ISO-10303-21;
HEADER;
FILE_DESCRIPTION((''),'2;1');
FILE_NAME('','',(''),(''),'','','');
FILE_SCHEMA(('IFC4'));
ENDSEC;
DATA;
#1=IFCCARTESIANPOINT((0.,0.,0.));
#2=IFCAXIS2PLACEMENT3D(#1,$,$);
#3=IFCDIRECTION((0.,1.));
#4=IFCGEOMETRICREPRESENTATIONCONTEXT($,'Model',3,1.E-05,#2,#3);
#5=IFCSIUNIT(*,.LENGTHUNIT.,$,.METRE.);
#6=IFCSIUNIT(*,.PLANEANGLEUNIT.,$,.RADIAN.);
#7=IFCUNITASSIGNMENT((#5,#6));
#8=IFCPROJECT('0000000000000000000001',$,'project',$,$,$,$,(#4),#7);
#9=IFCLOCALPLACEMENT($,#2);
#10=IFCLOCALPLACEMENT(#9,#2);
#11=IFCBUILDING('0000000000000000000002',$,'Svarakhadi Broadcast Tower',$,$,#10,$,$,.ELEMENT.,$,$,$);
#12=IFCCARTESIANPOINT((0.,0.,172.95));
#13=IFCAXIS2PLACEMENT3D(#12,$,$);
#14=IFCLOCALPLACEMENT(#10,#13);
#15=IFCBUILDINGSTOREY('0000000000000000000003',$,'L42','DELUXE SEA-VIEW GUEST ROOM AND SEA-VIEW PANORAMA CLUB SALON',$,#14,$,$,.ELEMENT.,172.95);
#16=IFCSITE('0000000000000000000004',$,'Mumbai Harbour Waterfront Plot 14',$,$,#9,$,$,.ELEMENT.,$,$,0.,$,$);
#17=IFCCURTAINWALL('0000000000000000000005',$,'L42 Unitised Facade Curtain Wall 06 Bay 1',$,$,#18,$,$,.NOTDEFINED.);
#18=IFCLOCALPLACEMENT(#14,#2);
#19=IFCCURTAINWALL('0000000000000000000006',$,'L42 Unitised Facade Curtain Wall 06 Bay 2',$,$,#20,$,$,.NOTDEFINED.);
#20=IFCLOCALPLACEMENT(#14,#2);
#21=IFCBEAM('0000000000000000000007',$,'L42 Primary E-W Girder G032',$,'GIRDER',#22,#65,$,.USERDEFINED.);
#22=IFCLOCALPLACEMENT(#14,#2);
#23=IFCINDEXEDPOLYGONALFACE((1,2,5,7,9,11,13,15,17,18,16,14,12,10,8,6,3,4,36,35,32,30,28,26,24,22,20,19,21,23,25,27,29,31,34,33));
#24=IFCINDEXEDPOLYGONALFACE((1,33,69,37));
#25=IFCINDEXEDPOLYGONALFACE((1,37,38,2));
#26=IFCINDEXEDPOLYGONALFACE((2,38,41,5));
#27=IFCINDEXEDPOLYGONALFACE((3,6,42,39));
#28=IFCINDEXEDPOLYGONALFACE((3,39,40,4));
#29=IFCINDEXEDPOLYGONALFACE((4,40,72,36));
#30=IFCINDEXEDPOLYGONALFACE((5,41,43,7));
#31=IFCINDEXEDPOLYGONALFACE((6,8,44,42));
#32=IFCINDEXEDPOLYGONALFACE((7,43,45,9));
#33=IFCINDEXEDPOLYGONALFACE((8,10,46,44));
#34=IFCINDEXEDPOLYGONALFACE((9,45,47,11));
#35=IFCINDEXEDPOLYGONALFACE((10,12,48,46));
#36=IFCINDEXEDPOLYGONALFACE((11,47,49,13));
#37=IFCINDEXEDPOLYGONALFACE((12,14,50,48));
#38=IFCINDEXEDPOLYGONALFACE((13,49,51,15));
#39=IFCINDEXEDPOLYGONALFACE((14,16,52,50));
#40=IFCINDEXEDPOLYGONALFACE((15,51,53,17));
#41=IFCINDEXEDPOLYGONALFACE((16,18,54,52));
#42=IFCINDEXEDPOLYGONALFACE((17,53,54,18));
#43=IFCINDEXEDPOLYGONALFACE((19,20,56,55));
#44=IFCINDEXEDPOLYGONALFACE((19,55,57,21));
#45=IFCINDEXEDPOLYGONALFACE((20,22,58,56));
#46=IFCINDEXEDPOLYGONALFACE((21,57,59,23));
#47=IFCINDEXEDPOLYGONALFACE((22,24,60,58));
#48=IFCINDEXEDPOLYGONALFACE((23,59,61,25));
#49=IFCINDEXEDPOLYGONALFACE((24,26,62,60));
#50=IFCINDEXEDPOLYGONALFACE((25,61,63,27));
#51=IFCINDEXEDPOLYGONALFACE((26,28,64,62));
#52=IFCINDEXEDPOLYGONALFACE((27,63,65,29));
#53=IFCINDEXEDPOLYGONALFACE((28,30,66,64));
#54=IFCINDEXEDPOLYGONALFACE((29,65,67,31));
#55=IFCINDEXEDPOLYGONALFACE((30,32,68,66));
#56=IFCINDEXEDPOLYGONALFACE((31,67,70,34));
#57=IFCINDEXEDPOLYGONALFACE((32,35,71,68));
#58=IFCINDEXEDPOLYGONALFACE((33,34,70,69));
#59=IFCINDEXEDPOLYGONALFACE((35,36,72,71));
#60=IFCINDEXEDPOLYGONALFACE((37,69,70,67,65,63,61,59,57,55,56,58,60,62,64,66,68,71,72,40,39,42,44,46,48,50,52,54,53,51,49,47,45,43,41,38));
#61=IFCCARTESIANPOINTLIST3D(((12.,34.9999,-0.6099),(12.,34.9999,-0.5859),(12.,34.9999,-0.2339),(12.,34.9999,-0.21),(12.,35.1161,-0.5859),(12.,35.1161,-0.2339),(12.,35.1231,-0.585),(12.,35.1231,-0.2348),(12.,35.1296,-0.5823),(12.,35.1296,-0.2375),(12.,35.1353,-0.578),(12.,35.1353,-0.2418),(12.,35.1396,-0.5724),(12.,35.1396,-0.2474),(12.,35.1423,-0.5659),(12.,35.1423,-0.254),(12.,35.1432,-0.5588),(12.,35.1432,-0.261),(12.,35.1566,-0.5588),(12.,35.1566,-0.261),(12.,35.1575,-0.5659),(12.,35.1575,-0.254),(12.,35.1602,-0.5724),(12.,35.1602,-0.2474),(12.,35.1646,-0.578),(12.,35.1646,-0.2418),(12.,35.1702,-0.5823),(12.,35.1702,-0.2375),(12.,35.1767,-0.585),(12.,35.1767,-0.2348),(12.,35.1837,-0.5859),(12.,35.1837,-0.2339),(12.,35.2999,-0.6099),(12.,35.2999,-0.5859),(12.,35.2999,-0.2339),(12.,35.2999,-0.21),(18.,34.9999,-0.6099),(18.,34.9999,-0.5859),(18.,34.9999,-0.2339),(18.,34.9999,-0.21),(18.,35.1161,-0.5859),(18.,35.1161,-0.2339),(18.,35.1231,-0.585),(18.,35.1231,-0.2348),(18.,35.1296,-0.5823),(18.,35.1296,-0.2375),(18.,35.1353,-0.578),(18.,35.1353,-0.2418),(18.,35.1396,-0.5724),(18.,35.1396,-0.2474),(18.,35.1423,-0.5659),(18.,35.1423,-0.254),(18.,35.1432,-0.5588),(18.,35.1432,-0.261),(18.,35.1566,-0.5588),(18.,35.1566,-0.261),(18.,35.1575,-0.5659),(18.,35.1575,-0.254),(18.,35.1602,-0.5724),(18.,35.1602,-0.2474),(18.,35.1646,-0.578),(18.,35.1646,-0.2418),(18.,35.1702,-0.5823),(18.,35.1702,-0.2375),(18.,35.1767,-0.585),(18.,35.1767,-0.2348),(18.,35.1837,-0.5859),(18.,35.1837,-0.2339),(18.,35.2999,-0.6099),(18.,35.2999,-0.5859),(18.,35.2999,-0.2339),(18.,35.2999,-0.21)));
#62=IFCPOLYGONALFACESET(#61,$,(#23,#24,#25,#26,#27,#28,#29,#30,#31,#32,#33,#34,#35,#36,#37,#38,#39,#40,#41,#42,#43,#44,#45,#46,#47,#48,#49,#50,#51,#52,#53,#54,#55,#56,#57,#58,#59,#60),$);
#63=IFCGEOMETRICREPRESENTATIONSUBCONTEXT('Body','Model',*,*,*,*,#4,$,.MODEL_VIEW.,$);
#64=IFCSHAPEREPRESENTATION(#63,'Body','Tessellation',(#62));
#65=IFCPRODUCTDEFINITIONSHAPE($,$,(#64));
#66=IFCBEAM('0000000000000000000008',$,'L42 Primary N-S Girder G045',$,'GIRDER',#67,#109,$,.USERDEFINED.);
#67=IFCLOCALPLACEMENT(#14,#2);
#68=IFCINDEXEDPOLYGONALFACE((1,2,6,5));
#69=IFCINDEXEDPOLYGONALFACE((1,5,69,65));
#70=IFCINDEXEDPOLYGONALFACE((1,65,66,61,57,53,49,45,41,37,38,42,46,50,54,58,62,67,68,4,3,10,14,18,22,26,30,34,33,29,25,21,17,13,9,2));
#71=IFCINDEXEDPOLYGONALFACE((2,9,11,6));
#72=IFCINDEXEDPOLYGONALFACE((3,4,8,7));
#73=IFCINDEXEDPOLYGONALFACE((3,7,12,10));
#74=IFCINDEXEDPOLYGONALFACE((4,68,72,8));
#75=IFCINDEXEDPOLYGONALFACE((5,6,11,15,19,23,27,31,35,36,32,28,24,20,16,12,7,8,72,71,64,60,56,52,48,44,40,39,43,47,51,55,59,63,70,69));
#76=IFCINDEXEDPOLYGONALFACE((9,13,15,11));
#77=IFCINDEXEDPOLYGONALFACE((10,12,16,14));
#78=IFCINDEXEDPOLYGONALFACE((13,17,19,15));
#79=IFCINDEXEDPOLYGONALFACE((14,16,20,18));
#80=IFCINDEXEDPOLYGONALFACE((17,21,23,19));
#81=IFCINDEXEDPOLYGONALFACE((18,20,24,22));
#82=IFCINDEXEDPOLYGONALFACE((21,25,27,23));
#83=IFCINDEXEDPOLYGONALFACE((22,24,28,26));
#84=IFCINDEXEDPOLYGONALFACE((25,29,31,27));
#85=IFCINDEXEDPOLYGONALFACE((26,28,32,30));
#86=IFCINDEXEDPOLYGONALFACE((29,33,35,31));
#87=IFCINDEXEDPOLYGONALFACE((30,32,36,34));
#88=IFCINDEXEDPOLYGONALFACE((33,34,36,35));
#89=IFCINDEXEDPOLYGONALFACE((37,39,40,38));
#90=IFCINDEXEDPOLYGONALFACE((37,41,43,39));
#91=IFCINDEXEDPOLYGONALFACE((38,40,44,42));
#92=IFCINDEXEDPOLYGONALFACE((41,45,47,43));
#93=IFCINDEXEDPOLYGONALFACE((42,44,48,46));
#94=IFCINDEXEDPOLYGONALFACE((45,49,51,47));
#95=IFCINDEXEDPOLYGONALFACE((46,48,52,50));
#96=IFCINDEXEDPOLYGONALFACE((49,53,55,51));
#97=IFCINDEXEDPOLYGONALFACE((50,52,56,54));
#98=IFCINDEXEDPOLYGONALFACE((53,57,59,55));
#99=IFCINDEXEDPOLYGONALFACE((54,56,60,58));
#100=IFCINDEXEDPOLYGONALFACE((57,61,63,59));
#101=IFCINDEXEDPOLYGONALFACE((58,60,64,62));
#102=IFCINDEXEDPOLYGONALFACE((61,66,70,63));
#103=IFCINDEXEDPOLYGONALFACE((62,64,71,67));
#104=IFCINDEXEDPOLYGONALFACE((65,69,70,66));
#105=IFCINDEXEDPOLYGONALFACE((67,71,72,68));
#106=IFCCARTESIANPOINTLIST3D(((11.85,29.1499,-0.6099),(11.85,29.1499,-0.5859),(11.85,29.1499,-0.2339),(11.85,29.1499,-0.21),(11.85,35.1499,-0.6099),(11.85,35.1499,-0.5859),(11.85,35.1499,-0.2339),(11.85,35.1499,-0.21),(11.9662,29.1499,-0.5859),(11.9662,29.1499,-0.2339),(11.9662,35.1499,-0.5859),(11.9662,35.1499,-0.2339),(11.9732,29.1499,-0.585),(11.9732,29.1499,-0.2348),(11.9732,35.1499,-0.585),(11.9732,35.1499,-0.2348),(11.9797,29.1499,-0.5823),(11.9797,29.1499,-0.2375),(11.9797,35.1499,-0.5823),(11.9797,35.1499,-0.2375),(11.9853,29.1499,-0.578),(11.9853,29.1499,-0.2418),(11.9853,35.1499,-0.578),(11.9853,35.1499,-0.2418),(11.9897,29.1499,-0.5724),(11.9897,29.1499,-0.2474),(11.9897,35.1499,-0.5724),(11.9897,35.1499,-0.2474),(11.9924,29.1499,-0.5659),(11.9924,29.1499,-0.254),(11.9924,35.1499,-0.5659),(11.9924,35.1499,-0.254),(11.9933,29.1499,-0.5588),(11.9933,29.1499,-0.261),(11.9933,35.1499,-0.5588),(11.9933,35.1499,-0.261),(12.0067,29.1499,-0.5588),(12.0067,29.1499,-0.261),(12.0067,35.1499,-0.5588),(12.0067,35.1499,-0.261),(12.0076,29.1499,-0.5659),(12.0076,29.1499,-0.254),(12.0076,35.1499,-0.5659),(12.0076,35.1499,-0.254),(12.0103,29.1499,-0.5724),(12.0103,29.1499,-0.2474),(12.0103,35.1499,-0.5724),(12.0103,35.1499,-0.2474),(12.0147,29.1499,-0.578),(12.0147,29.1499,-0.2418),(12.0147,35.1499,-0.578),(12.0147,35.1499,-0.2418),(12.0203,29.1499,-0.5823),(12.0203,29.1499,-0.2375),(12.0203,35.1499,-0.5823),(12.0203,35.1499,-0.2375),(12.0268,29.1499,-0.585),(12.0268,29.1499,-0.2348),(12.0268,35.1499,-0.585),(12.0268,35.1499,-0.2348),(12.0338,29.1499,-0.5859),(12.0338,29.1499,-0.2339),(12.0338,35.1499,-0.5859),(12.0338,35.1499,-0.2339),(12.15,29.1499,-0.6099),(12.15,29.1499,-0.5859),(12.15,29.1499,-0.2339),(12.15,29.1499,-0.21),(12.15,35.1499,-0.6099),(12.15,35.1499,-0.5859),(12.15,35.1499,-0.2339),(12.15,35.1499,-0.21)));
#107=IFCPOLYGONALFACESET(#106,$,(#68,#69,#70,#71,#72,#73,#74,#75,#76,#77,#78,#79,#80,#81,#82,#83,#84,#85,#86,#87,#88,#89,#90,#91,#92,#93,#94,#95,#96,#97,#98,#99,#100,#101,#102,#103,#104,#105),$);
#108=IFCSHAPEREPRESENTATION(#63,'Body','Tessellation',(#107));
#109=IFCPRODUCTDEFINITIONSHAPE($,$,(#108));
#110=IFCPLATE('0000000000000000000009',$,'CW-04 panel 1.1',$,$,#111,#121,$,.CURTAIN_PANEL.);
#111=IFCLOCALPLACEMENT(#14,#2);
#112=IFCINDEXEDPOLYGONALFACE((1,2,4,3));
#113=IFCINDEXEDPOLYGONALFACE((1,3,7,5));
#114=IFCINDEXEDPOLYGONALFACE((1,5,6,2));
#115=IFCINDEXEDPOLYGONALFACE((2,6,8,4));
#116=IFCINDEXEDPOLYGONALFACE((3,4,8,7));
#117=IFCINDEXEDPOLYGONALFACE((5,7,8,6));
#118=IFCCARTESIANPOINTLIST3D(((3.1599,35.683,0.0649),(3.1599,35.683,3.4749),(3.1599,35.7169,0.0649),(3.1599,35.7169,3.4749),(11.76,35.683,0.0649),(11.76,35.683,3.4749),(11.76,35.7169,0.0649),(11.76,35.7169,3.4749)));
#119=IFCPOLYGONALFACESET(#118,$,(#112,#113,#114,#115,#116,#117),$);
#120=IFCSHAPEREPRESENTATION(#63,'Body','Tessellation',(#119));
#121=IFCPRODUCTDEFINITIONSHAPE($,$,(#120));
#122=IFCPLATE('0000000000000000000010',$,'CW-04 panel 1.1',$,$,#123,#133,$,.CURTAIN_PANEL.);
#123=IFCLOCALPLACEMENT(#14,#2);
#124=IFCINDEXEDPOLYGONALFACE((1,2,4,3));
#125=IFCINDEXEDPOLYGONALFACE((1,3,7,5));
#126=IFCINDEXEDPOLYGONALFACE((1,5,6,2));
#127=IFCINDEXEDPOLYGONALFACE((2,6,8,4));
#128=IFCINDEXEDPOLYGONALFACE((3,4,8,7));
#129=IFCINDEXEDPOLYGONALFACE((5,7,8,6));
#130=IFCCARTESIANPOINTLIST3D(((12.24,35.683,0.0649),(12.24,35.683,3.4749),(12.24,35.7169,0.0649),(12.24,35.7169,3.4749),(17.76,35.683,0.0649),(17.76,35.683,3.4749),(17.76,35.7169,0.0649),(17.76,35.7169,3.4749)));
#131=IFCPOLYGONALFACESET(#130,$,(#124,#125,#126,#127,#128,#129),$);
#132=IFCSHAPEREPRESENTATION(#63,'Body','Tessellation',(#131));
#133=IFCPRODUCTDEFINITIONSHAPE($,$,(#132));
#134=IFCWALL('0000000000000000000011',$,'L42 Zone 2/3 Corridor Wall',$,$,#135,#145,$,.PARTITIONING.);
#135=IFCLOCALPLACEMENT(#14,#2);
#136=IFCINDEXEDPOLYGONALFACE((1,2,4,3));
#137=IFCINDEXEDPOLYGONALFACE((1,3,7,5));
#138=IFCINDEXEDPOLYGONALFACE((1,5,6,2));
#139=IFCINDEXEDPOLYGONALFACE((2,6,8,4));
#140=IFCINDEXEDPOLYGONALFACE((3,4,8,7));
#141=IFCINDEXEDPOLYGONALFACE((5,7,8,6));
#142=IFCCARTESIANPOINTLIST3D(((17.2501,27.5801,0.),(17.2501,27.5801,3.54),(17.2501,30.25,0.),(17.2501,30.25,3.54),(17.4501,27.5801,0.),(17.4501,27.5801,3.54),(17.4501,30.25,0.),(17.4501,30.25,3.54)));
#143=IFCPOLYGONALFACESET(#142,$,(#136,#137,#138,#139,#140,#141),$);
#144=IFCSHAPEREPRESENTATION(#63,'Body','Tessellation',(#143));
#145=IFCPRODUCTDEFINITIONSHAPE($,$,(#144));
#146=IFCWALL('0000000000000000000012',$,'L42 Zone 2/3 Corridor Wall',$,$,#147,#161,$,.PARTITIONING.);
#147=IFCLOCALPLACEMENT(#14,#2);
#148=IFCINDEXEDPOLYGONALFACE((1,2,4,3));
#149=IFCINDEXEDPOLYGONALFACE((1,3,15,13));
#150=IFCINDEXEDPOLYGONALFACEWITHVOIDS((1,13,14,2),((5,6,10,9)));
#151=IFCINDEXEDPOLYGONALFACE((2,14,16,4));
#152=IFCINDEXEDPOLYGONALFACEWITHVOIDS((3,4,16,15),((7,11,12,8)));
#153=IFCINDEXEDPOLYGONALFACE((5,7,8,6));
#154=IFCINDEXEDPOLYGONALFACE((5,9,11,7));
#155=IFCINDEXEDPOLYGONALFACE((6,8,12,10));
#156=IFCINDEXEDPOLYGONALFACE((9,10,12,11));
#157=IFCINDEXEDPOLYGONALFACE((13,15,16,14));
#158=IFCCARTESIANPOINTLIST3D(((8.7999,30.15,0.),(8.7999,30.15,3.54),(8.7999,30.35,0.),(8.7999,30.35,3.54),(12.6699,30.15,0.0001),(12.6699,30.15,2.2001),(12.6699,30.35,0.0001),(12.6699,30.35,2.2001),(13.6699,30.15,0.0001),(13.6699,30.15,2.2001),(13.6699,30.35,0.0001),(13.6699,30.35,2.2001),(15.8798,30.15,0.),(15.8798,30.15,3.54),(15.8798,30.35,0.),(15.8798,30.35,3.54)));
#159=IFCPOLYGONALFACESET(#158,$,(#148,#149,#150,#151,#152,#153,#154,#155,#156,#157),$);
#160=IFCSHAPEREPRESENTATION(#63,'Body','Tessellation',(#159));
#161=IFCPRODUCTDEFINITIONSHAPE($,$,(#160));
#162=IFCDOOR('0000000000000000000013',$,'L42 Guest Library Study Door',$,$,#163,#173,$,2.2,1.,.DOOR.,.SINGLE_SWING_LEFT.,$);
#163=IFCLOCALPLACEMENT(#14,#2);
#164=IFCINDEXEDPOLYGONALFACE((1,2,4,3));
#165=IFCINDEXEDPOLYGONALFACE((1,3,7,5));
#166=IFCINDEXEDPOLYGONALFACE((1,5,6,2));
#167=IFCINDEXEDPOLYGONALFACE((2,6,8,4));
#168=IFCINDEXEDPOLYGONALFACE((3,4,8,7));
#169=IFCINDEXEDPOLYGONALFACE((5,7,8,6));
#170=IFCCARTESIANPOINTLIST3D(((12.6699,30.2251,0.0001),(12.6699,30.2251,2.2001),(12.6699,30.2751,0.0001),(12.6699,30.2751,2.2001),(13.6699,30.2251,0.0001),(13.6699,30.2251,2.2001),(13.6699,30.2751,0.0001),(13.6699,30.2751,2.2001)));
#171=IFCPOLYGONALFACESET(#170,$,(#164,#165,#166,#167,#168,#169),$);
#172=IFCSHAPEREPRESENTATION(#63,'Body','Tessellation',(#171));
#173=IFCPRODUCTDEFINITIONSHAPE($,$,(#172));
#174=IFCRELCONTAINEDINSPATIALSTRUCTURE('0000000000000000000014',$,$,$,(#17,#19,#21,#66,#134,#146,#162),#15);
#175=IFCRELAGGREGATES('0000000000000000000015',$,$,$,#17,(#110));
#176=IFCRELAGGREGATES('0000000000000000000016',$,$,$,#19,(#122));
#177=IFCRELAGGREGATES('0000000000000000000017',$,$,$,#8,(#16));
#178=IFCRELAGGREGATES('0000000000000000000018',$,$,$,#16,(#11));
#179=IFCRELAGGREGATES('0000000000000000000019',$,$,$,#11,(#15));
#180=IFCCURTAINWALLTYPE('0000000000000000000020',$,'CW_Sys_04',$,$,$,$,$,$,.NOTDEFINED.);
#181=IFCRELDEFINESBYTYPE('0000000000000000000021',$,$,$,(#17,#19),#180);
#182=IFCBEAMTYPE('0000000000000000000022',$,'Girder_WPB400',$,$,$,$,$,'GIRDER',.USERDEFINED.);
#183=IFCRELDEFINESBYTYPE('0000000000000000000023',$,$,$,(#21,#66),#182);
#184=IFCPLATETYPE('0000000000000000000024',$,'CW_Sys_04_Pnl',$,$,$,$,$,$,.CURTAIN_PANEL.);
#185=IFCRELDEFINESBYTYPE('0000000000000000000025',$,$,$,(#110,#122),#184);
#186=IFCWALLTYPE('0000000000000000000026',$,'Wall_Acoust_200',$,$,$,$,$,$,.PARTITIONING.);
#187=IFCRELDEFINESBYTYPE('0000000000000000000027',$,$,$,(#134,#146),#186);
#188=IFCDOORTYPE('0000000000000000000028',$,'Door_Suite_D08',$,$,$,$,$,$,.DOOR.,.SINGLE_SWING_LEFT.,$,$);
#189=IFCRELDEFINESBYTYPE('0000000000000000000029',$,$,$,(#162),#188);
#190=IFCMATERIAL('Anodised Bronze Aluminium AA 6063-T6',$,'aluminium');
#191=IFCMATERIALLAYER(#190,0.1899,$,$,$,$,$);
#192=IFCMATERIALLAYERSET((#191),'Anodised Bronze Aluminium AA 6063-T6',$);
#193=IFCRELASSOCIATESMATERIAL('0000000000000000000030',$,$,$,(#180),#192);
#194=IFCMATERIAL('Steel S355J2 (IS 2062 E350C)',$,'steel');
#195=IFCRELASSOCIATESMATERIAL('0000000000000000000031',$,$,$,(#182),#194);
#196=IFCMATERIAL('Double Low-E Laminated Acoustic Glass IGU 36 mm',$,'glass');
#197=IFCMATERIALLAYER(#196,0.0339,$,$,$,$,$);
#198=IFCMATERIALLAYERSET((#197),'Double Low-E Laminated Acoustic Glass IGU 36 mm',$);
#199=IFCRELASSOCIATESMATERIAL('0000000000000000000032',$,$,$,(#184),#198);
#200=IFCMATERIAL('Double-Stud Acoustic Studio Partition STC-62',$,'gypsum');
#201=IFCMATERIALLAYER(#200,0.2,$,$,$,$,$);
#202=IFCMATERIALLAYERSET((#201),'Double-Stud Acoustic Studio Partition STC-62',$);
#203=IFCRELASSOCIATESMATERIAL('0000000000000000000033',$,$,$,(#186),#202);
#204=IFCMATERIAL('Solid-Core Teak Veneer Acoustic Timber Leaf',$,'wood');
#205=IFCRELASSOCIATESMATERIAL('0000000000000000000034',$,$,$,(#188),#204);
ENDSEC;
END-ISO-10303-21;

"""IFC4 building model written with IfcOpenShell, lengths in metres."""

from ifc_helpers import new_model, si_unit, direction, frame, frame_2d, origin, origin_2d, place, context, subcontext, project, spatial, rectangle, i_section, extrude, material, layer, layer_set, material_profile, profile_set, type_object, element, fill, aggregate, save


model = new_model("IFC4")

# Units and contexts
model_context = context("Model", 3, precision=1e-05, world=origin(), true_north=direction((0.0, 1.0)))
body_context = subcontext(model_context, "Body", "Model", "MODEL_VIEW")
ifc_project = project(units=[si_unit("LENGTHUNIT", "METRE"), si_unit("PLANEANGLEUNIT", "RADIAN")], contexts=[model_context])

# Site, building, storey
site_placement = place(None, origin())
site = spatial("IfcSite", under=ifc_project, at=site_placement, Name="Mumbai Harbour Waterfront Plot 14", CompositionType="ELEMENT", RefElevation=0.0)
building_placement = place(site_placement, origin())
building = spatial("IfcBuilding", under=site, at=building_placement, Name="Svarakhadi Broadcast Tower", CompositionType="ELEMENT")
storey_placement = place(building_placement, frame((0.0, 0.0, 172.95)))
storey = spatial("IfcBuildingStorey", under=building, at=storey_placement, Name="L42", Description="DELUXE SEA-VIEW GUEST ROOM AND SEA-VIEW PANORAMA CLUB SALON", CompositionType="ELEMENT", Elevation=172.95)

# Shared definitions
ifc_material_1 = material(Name="Steel S355J2 (IS 2062 E350C)", Category="steel")

# Curtain wall
ifc_material_2 = material(Name="Anodised Bronze Aluminium AA 6063-T6", Category="aluminium")
ifc_layer_1 = layer(ifc_material_2, 0.1899)
ifc_layer_set_1 = layer_set([ifc_layer_1], Name="Anodised Bronze Aluminium AA 6063-T6")
curtain_wall_type = type_object("IfcCurtainWallType", Name="CW_Sys_04", PredefinedType="NOTDEFINED", material=ifc_layer_set_1)
curtain_wall_1_placement = place(storey_placement, origin())
curtain_wall_1 = element("IfcCurtainWall", 1, at=curtain_wall_1_placement, inside=storey, type_object=curtain_wall_type, Name="L42 Unitised Facade Curtain Wall 06 Bay 1", PredefinedType="NOTDEFINED")

# Curtain wall
curtain_wall_2_placement = place(storey_placement, origin())
curtain_wall_2 = element("IfcCurtainWall", 2, at=curtain_wall_2_placement, inside=storey, type_object=curtain_wall_type, Name="L42 Unitised Facade Curtain Wall 06 Bay 2", PredefinedType="NOTDEFINED")

# Beams
ifc_material_profile_1 = material_profile(ifc_material_1, i_section(OverallWidth=0.3, OverallDepth=0.3999, WebThickness=0.0134, FlangeThickness=0.0239, FilletRadius=0.0271, at=origin_2d()), Name="WPB 400x300x155")
ifc_profile_set_1 = profile_set([ifc_material_profile_1], Name="Steel S355J2 (IS 2062 E350C)")
beam_type_1 = type_object("IfcBeamType", Name="Girder_WPB400", ElementType="GIRDER", PredefinedType="USERDEFINED", material=ifc_profile_set_1)
for number, where, z_axis, x_axis, name in (
    (3, (12.0, 35.1499, -0.4099), (1.0, 0.0, 0.0), (0.0, 1.0, 0.0), "L42 Primary E-W Girder G032"),
    (4, (12.0, 29.1499, -0.4099), (0.0, 1.0, 0.0), (-1.0, 0.0, 0.0), "L42 Primary N-S Girder G045"),
):
    element("IfcBeam", number, at=place(storey_placement, frame(where, z_axis=z_axis, x_axis=x_axis)), inside=storey, type_object=beam_type_1, Name=name, ObjectType="GIRDER", PredefinedType="USERDEFINED", context=body_context, shape_type="SweptSolid", body=[
        extrude(i_section(OverallWidth=0.3, OverallDepth=0.3999, WebThickness=0.0134, FlangeThickness=0.0239, FilletRadius=0.0271, at=origin_2d()), origin(), (0.0, 0.0, 1.0), 6.0),
    ])

# Plates
ifc_material_3 = material(Name="Double Low-E Laminated Acoustic Glass IGU 36 mm", Category="glass")
ifc_layer_2 = layer(ifc_material_3, 0.0339)
ifc_layer_set_2 = layer_set([ifc_layer_2], Name="Double Low-E Laminated Acoustic Glass IGU 36 mm")
plate_type = type_object("IfcPlateType", Name="CW_Sys_04_Pnl", PredefinedType="CURTAIN_PANEL", material=ifc_layer_set_2)
plate_1_placement = place(storey_placement, frame((7.46, 35.7, 0.0649), z_axis=(0.0, 0.0, 1.0), x_axis=(1.0, 0.0, 0.0)))
plate_1 = element("IfcPlate", 5, at=plate_1_placement, type_object=plate_type, Name="CW-04 panel 1.1", PredefinedType="CURTAIN_PANEL", context=body_context, shape_type="SweptSolid", body=[
    extrude(rectangle(XDim=8.6001, YDim=0.0339, at=origin_2d()), origin(), (0.0, 0.0, 1.0), 3.4099),
])
aggregate(curtain_wall_1, [plate_1])
plate_2_placement = place(storey_placement, frame((15.0, 35.7, 0.0649), z_axis=(0.0, 0.0, 1.0), x_axis=(1.0, 0.0, 0.0)))
plate_2 = element("IfcPlate", 6, at=plate_2_placement, type_object=plate_type, Name="CW-04 panel 1.1", PredefinedType="CURTAIN_PANEL", context=body_context, shape_type="SweptSolid", body=[
    extrude(rectangle(XDim=5.52, YDim=0.0339, at=origin_2d()), origin(), (0.0, 0.0, 1.0), 3.4099),
])
aggregate(curtain_wall_2, [plate_2])

# Wall
ifc_material_4 = material(Name="Double-Stud Acoustic Studio Partition STC-62", Category="gypsum")
ifc_layer_3 = layer(ifc_material_4, 0.2)
ifc_layer_set_3 = layer_set([ifc_layer_3], Name="Double-Stud Acoustic Studio Partition STC-62")
wall_type_1 = type_object("IfcWallType", Name="Wall_Acoust_200", PredefinedType="PARTITIONING", material=ifc_layer_set_3)
wall_1_placement = place(storey_placement, frame((17.3501, 30.25, 0.0), z_axis=(0.0, 0.0, 1.0), x_axis=(0.0, -1.0, 0.0)))
element("IfcWall", 7, at=wall_1_placement, inside=storey, type_object=wall_type_1, Name="L42 Zone 2/3 Corridor Wall", PredefinedType="PARTITIONING", context=body_context, shape_type="SweptSolid", body=[
    extrude(rectangle(XDim=2.6699, YDim=0.2, at=frame_2d((1.335, 0.0))), origin(), (0.0, 0.0, 1.0), 3.54),
])

# Wall, opening, door
wall_2_placement = place(storey_placement, frame((15.8799, 30.25, 0.0), z_axis=(0.0, 0.0, 1.0), x_axis=(-1.0, 0.0, 0.0)))
wall_2 = element("IfcWall", 8, at=wall_2_placement, inside=storey, type_object=wall_type_1, Name="L42 Zone 2/3 Corridor Wall", PredefinedType="PARTITIONING", context=body_context, shape_type="SweptSolid", body=[
    extrude(rectangle(XDim=7.0798, YDim=0.2, at=frame_2d((3.54, 0.0))), origin(), (0.0, 0.0, 1.0), 3.54),
])
opening_1_placement = place(wall_2_placement, frame((2.21, 0.0, 0.0)))
opening_1 = element("IfcOpeningElement", 9, at=opening_1_placement, cuts=wall_2, PredefinedType="OPENING", context=body_context, shape_type="SweptSolid", body=[
    extrude(rectangle(XDim=1.0, YDim=2.2, at=frame_2d((0.5, 1.1001))), frame((0.0, 0.1099, 0.0), z_axis=(0.0, -1.0, 0.0), x_axis=(1.0, 0.0, 0.0)), (0.0, 0.0, 1.0), 0.22),
])
ifc_material_5 = material(Name="Solid-Core Teak Veneer Acoustic Timber Leaf", Category="wood")
door_type_1 = type_object("IfcDoorType", Name="Door_Suite_D08", OperationType="SINGLE_SWING_LEFT", PredefinedType="DOOR", material=ifc_material_5)
door_1_placement = place(opening_1_placement, origin())
door_1 = element("IfcDoor", 10, at=door_1_placement, inside=storey, type_object=door_type_1, Name="L42 Guest Library Study Door", OperationType="SINGLE_SWING_LEFT", OverallHeight=2.2, OverallWidth=1.0, PredefinedType="DOOR", context=body_context, shape_type="SweptSolid", body=[
    extrude(rectangle(XDim=1.0, YDim=2.2, at=frame_2d((0.5, 1.1001))), frame((0.0, 0.0249, 0.0), z_axis=(0.0, -1.0, 0.0), x_axis=(1.0, 0.0, 0.0)), (0.0, 0.0, 1.0), 0.05),
])
fill(opening_1, door_1)

save(model, "model.ifc")
